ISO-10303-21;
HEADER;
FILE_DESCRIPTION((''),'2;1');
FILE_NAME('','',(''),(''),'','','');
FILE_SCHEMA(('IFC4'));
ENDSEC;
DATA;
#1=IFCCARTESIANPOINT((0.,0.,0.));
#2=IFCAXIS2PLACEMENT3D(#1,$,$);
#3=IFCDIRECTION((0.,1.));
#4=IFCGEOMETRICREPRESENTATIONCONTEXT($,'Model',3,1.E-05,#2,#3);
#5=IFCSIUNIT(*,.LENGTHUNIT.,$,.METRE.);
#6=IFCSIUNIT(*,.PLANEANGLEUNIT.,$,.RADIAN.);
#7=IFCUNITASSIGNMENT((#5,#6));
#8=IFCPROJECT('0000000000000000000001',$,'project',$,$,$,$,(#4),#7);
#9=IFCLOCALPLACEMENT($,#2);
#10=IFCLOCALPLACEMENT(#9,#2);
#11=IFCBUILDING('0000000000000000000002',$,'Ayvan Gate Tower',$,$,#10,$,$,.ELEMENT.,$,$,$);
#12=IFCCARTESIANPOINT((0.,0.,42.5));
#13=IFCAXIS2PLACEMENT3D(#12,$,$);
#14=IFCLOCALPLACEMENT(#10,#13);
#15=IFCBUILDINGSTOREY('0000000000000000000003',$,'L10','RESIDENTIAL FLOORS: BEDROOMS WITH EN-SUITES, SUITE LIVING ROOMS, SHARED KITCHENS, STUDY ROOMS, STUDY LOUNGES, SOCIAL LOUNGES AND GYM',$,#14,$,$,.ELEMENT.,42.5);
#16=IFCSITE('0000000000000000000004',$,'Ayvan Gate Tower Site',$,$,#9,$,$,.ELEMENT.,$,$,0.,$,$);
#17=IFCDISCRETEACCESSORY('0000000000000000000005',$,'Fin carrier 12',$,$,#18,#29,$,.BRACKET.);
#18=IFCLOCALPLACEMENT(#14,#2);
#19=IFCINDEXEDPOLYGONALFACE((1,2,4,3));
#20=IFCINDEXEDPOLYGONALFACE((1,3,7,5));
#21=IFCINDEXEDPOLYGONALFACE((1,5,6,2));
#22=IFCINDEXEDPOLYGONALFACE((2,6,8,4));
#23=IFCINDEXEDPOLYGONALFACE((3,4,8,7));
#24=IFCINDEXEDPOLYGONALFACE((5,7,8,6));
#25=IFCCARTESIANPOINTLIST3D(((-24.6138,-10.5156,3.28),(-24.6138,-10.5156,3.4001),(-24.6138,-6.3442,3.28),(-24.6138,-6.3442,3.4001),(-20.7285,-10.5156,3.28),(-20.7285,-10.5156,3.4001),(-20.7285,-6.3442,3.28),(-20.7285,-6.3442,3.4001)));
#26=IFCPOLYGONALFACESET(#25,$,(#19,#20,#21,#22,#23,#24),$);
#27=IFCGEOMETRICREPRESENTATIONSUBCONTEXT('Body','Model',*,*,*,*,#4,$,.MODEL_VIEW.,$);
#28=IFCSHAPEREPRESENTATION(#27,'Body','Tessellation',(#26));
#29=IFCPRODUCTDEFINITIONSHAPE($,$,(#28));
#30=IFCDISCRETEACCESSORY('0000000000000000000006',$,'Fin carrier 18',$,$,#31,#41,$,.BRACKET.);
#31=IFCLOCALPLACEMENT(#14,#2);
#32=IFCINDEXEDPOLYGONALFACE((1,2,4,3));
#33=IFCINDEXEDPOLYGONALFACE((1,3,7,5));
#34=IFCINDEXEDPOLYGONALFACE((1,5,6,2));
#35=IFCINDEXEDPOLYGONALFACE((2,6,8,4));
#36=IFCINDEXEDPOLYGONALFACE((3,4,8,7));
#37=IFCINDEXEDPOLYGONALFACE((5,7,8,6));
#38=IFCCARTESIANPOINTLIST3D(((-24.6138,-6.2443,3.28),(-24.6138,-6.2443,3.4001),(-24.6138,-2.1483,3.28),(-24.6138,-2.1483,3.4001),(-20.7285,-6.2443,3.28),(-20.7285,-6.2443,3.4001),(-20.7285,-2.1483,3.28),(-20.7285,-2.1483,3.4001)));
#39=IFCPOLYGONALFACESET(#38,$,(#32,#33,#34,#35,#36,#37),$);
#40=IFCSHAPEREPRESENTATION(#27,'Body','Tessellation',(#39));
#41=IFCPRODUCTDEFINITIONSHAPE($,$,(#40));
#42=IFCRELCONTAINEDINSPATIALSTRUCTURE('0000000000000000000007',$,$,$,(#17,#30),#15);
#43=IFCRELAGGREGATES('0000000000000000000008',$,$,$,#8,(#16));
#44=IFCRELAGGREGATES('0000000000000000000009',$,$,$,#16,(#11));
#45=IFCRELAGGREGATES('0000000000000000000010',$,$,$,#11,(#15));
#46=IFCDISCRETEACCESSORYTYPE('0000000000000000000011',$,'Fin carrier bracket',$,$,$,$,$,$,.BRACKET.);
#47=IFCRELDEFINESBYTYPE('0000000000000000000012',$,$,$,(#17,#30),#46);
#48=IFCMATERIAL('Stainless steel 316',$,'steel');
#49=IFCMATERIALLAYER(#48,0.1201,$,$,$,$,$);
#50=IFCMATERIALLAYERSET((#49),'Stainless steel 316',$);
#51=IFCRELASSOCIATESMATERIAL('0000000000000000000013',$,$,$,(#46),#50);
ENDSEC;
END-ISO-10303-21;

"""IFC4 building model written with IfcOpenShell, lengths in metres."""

from ifc_helpers import new_model, si_unit, direction, frame, origin, origin_2d, place, context, subcontext, project, spatial, rectangle, extrude, material, layer, layer_set, type_object, element, save


model = new_model("IFC4")

# Units and contexts
model_context = context("Model", 3, precision=1e-05, world=origin(), true_north=direction((0.0, 1.0)))
body_context = subcontext(model_context, "Body", "Model", "MODEL_VIEW")
ifc_project = project(units=[si_unit("LENGTHUNIT", "METRE"), si_unit("PLANEANGLEUNIT", "RADIAN")], contexts=[model_context])

# Site, building, storey
site_placement = place(None, origin())
site = spatial("IfcSite", under=ifc_project, at=site_placement, Name="Ayvan Gate Tower Site", CompositionType="ELEMENT", RefElevation=0.0)
building_placement = place(site_placement, origin())
building = spatial("IfcBuilding", under=site, at=building_placement, Name="Ayvan Gate Tower", CompositionType="ELEMENT")
storey_placement = place(building_placement, frame((0.0, 0.0, 42.5)))
storey = spatial("IfcBuildingStorey", under=building, at=storey_placement, Name="L10", Description="RESIDENTIAL FLOORS: BEDROOMS WITH EN-SUITES, SUITE LIVING ROOMS, SHARED KITCHENS, STUDY ROOMS, STUDY LOUNGES, SOCIAL LOUNGES AND GYM", CompositionType="ELEMENT", Elevation=42.5)

# Discrete accessories
ifc_material_1 = material(Name="Stainless steel 316", Category="steel")
ifc_layer_1 = layer(ifc_material_1, 0.1201)
ifc_layer_set_1 = layer_set([ifc_layer_1], Name="Stainless steel 316")
discrete_accessory_type = type_object("IfcDiscreteAccessoryType", Name="Fin carrier bracket", PredefinedType="BRACKET", material=ifc_layer_set_1)
discrete_accessory_1_placement = place(storey_placement, frame((-22.6711, -8.4299, 3.28), z_axis=(0.0, 0.0, 1.0), x_axis=(0.0, -1.0, 0.0)))
element("IfcDiscreteAccessory", 1, at=discrete_accessory_1_placement, inside=storey, type_object=discrete_accessory_type, Name="Fin carrier 12", PredefinedType="BRACKET", context=body_context, shape_type="SweptSolid", body=[
    extrude(rectangle(XDim=4.1714, YDim=3.8853, at=origin_2d()), origin(), (0.0, 0.0, 1.0), 0.1201),
])
discrete_accessory_2_placement = place(storey_placement, frame((-22.6711, -4.1963, 3.28), z_axis=(0.0, 0.0, 1.0), x_axis=(0.0, -1.0, 0.0)))
element("IfcDiscreteAccessory", 2, at=discrete_accessory_2_placement, inside=storey, type_object=discrete_accessory_type, Name="Fin carrier 18", PredefinedType="BRACKET", context=body_context, shape_type="SweptSolid", body=[
    extrude(rectangle(XDim=4.0959, YDim=3.8853, at=origin_2d()), origin(), (0.0, 0.0, 1.0), 0.1201),
])

save(model, "model.ifc")
